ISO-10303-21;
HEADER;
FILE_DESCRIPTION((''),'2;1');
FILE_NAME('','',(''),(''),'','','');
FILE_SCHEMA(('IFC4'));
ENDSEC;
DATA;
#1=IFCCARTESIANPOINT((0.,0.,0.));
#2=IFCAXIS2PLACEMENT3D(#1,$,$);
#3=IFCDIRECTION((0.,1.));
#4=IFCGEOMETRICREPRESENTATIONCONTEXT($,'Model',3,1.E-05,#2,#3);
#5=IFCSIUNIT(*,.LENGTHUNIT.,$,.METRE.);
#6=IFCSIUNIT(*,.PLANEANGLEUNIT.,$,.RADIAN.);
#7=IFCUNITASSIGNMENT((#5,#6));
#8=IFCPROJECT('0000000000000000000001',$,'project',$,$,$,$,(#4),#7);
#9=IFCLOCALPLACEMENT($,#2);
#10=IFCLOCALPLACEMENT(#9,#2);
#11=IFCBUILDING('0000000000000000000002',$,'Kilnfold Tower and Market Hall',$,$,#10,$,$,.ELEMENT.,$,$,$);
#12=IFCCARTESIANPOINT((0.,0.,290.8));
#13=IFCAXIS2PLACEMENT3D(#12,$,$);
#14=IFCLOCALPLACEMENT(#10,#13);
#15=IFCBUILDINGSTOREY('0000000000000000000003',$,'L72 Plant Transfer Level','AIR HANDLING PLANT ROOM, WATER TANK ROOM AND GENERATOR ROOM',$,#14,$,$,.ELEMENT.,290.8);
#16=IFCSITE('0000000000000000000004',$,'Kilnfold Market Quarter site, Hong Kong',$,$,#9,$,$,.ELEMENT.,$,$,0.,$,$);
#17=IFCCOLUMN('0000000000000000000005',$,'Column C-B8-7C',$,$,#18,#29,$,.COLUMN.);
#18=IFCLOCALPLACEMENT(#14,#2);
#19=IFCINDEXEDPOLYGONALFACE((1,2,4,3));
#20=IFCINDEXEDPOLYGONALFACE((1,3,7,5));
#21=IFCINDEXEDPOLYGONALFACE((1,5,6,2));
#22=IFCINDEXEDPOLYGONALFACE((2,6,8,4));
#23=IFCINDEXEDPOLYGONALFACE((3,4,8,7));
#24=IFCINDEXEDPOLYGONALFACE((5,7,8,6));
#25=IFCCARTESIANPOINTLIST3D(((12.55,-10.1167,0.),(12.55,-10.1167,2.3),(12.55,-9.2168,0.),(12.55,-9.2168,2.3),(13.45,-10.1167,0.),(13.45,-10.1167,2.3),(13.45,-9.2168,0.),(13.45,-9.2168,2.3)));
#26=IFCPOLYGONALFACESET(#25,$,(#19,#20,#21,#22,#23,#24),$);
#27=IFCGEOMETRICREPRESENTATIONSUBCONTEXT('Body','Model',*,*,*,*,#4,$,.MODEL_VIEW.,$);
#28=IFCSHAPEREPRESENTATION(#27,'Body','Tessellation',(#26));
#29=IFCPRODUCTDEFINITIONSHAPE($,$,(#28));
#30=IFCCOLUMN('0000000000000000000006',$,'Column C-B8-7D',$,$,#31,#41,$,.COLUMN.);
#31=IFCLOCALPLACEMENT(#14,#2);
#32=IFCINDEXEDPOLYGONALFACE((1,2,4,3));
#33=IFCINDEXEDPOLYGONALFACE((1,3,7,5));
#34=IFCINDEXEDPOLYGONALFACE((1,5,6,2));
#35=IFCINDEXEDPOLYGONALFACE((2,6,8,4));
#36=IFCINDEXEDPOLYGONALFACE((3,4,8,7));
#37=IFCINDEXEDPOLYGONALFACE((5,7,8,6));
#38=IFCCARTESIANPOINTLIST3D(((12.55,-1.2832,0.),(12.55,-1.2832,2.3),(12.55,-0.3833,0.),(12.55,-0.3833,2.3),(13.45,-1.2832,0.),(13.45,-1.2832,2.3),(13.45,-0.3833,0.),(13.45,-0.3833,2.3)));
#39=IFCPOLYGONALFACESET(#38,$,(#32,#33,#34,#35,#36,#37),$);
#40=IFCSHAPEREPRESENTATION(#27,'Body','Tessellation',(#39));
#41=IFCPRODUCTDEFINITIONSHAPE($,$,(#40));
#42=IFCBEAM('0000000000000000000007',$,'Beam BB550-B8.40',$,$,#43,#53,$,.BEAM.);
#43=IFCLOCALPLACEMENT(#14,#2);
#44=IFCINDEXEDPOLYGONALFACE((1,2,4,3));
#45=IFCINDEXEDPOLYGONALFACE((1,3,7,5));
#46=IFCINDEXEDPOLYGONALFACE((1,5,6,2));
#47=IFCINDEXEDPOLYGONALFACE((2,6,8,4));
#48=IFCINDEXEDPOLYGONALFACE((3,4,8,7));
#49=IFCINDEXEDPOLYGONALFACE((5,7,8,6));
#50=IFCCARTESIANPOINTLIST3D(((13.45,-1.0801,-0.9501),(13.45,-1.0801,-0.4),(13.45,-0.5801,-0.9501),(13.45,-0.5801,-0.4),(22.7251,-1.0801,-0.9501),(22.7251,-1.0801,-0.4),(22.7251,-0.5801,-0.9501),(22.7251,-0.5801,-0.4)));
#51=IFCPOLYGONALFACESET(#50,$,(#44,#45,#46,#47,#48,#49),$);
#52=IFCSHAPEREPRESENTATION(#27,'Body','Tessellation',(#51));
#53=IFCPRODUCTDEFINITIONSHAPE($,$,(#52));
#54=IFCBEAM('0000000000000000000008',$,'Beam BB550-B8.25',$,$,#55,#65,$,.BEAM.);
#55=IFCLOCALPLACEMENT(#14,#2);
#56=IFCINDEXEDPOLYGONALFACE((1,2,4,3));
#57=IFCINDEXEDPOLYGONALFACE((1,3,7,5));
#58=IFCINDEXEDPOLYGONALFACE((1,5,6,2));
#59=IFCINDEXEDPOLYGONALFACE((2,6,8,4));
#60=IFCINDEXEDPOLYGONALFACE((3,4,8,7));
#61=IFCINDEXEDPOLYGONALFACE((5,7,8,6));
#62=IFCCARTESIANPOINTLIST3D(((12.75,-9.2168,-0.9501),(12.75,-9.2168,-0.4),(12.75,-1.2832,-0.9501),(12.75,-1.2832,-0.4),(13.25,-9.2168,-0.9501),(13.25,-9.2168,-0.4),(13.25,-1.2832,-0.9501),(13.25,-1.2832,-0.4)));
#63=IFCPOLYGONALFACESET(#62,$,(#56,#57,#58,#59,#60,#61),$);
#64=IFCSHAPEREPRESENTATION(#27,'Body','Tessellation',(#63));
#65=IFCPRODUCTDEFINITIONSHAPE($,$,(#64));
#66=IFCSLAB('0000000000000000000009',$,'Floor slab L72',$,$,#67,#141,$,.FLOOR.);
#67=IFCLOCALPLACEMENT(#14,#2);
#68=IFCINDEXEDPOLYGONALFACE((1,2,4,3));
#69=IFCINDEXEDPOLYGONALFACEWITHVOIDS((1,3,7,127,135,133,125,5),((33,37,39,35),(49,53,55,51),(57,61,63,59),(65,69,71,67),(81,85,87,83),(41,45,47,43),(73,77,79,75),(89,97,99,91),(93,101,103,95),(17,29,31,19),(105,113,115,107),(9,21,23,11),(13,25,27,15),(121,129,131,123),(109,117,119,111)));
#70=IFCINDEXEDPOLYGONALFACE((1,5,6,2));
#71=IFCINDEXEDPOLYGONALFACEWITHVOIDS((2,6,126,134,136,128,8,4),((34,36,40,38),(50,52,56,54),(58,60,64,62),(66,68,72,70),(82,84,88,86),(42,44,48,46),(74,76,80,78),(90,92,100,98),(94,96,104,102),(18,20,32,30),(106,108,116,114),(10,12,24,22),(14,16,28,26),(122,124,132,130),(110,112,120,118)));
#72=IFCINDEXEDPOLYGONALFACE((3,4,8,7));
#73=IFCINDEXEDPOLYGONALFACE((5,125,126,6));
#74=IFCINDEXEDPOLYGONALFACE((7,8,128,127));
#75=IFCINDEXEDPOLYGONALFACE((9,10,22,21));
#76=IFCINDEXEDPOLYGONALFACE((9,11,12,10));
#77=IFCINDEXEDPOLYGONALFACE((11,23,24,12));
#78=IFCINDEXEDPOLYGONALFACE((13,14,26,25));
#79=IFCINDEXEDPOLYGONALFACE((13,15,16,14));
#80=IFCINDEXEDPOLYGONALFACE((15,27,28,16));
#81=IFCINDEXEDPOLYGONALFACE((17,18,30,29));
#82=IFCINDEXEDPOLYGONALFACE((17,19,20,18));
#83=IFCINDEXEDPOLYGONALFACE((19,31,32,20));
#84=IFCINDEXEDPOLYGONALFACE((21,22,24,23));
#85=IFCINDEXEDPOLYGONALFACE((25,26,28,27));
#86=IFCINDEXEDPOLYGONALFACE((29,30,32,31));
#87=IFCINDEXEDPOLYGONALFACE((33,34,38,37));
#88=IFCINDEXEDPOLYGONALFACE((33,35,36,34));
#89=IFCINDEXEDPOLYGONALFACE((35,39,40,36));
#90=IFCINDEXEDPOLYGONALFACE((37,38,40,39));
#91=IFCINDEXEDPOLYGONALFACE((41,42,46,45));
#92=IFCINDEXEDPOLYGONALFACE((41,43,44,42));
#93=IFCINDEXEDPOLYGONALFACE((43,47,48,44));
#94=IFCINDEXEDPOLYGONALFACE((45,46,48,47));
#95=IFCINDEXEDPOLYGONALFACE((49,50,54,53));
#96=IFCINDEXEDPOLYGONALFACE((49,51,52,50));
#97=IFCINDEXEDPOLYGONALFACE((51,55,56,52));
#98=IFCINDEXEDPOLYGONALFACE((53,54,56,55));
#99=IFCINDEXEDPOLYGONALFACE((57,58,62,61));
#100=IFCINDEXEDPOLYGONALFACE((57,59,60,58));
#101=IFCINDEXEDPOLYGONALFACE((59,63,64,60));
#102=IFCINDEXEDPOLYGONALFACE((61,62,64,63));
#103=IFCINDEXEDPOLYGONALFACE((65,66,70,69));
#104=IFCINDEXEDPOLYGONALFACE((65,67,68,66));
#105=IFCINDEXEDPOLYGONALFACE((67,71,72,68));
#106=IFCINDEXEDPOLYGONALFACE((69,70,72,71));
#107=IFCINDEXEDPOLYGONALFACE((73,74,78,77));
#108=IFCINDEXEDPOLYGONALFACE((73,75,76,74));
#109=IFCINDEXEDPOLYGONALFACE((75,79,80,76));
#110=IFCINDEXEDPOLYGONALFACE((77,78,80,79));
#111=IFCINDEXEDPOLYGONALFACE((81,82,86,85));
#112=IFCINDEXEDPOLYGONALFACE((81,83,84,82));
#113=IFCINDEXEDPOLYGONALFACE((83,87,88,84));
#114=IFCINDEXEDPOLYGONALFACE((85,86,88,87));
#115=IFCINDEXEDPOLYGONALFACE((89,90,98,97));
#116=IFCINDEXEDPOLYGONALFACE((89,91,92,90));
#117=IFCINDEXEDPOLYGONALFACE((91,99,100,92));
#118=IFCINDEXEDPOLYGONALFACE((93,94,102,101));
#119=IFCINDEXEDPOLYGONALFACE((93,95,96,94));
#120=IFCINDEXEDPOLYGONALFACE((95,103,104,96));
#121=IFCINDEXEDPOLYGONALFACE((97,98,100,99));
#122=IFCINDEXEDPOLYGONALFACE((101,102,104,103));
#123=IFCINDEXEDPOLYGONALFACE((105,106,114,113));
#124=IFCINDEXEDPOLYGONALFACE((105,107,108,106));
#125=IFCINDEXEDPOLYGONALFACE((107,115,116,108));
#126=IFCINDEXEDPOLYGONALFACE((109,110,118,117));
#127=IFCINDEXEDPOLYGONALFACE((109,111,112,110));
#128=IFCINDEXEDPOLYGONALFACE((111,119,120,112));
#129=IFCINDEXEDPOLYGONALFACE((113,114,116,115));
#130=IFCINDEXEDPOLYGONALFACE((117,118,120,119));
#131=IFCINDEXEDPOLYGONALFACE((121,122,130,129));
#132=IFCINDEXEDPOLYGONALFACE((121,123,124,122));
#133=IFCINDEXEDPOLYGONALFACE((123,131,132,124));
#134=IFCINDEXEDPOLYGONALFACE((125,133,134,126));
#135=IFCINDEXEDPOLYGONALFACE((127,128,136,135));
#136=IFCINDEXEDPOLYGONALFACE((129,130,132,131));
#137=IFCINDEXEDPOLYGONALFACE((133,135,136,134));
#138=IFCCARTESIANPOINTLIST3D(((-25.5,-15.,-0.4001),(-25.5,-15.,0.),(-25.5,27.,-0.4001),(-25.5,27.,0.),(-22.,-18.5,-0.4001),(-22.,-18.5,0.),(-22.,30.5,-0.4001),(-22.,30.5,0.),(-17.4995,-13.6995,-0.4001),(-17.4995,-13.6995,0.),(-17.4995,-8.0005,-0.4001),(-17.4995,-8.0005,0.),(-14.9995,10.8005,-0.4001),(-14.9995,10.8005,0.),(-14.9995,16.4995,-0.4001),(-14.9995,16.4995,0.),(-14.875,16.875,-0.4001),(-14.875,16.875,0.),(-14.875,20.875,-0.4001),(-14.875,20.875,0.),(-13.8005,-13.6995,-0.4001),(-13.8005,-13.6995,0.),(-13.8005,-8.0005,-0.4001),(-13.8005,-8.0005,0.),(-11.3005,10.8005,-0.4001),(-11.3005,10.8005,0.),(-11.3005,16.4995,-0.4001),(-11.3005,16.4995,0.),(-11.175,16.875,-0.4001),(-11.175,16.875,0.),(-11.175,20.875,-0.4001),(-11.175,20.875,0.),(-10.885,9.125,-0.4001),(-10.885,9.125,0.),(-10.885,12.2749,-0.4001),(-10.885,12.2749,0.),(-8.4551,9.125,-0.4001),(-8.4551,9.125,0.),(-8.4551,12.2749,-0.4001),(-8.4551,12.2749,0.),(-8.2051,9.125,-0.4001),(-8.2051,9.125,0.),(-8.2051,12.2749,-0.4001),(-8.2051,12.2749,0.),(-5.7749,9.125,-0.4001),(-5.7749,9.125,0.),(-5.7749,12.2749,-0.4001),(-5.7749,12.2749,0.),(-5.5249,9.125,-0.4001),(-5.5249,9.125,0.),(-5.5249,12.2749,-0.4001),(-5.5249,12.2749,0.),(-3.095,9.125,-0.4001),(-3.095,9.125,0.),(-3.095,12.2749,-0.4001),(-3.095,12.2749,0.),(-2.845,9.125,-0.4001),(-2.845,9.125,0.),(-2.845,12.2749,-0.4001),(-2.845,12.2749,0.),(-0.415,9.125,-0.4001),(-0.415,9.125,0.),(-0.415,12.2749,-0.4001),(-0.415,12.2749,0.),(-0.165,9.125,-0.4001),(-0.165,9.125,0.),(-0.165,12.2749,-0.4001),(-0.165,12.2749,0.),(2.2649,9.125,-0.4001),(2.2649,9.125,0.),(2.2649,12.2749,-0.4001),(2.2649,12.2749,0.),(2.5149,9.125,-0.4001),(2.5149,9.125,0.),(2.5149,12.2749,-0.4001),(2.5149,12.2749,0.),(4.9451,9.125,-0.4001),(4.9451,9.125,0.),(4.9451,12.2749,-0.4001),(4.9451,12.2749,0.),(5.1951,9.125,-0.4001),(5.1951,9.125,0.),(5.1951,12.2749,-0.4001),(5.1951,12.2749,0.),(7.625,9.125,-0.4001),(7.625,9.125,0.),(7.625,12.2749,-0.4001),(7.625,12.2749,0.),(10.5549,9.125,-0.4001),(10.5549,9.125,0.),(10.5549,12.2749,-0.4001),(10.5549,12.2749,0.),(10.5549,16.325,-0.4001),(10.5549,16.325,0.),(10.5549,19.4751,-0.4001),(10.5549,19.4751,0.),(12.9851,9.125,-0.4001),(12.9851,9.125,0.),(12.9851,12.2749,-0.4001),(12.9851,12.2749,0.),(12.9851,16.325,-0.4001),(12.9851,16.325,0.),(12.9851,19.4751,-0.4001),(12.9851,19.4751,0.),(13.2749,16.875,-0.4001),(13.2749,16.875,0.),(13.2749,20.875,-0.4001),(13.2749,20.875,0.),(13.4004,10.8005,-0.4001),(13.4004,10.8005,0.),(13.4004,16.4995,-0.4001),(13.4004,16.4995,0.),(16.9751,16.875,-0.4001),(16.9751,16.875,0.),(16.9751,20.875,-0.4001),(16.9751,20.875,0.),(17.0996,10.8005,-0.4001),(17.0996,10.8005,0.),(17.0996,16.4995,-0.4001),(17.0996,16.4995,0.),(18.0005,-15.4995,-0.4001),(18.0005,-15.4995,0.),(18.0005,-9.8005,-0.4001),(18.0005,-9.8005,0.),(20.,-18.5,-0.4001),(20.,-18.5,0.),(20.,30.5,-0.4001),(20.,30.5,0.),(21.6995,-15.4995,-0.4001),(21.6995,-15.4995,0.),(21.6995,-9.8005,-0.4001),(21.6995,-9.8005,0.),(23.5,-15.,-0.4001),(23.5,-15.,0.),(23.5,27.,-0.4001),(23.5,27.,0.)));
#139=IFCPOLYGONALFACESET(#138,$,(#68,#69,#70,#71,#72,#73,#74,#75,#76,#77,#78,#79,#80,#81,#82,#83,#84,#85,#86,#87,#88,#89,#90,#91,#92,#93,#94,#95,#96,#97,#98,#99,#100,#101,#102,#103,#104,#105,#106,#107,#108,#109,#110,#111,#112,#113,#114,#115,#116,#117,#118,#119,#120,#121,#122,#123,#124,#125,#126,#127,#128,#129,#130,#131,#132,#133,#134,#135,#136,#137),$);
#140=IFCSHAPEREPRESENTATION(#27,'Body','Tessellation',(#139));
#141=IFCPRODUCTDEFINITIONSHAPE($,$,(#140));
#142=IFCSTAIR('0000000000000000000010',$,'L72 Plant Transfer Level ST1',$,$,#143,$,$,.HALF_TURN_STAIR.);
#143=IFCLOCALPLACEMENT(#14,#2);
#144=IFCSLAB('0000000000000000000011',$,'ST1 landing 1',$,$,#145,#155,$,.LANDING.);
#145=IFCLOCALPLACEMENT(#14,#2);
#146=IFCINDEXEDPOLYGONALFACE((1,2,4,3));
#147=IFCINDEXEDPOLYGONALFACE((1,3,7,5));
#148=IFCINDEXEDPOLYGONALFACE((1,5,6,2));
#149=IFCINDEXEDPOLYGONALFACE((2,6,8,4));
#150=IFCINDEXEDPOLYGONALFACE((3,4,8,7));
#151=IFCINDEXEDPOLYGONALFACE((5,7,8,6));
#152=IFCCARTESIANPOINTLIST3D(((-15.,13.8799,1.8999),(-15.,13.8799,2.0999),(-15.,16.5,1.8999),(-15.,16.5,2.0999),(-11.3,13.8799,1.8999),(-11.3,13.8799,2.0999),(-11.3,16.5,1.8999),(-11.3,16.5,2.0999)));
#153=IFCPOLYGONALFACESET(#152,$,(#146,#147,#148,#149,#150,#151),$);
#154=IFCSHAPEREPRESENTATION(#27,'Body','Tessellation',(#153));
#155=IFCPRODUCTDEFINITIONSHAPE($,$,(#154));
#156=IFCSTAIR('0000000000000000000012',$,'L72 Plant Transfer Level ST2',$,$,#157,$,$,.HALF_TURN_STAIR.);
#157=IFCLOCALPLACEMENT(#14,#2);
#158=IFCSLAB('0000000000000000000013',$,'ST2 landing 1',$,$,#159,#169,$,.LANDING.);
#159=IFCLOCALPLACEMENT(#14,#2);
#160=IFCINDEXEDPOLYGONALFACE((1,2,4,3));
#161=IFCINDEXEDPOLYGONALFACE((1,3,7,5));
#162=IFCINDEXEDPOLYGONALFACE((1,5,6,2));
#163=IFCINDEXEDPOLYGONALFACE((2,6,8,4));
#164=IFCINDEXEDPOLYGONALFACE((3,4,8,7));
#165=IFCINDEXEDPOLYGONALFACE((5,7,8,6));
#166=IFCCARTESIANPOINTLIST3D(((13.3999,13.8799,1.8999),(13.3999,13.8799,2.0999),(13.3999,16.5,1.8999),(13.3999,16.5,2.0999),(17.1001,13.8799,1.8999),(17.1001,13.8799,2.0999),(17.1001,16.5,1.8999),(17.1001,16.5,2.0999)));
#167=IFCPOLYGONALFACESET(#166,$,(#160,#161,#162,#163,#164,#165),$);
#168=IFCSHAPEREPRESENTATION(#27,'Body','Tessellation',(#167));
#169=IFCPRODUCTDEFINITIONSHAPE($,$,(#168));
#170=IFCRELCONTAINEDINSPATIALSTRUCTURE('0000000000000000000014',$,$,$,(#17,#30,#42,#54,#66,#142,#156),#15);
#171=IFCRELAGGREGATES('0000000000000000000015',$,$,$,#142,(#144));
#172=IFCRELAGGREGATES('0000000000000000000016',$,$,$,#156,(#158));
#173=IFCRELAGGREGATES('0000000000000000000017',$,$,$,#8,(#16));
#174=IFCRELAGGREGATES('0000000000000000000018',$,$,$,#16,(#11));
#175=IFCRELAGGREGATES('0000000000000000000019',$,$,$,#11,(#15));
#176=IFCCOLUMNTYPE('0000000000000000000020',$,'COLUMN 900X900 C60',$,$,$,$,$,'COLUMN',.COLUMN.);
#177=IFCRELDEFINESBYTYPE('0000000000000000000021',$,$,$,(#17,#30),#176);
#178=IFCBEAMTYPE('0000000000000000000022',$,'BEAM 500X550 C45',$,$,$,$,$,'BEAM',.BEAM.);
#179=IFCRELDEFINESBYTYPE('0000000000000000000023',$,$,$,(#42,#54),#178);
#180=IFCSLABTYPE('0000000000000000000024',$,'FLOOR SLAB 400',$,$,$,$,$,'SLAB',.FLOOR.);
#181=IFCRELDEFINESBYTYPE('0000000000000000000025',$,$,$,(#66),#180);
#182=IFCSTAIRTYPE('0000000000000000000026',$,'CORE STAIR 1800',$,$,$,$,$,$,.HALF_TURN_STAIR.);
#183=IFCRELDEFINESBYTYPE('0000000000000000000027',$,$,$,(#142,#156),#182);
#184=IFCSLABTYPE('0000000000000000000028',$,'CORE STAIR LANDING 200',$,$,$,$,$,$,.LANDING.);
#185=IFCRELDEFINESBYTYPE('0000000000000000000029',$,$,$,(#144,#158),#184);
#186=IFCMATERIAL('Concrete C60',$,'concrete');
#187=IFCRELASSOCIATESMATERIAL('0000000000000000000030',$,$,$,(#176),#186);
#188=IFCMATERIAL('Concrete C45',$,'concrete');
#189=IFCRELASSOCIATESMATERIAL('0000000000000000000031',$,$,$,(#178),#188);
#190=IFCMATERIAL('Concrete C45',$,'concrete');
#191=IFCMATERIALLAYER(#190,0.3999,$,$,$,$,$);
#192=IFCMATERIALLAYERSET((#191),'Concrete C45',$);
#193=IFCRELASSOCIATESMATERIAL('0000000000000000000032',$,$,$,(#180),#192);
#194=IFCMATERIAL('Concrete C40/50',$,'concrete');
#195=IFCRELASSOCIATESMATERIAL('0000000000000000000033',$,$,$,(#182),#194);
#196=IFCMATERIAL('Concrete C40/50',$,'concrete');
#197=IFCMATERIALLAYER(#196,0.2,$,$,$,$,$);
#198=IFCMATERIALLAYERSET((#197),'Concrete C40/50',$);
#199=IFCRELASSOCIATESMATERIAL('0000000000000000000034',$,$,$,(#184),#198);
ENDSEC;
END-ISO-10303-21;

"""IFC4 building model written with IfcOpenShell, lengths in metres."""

from ifc_helpers import new_model, si_unit, direction, frame, origin, origin_2d, place, context, subcontext, project, spatial, polyline, rectangle, outline, extrude, source, transform, mapped, material, layer, layer_set, material_profile, profile_set, type_object, element, aggregate, save


model = new_model("IFC4")

# Units and contexts
model_context = context("Model", 3, precision=1e-05, world=origin(), true_north=direction((0.0, 1.0)))
body_context = subcontext(model_context, "Body", "Model", "MODEL_VIEW")
ifc_project = project(units=[si_unit("LENGTHUNIT", "METRE"), si_unit("PLANEANGLEUNIT", "RADIAN")], contexts=[model_context])

# Site, building, storey
site_placement = place(None, origin())
site = spatial("IfcSite", under=ifc_project, at=site_placement, Name="Kilnfold Market Quarter site, Hong Kong", CompositionType="ELEMENT", RefElevation=0.0)
building_placement = place(site_placement, origin())
building = spatial("IfcBuilding", under=site, at=building_placement, Name="Kilnfold Tower and Market Hall", CompositionType="ELEMENT")
storey_placement = place(building_placement, frame((0.0, 0.0, 290.8)))
storey = spatial("IfcBuildingStorey", under=building, at=storey_placement, Name="L72 Plant Transfer Level", Description="AIR HANDLING PLANT ROOM, WATER TANK ROOM AND GENERATOR ROOM", CompositionType="ELEMENT", Elevation=290.8)

# Columns
ifc_material_1 = material(Name="Concrete C60", Category="concrete")
ifc_material_profile_1 = material_profile(ifc_material_1, rectangle(XDim=0.8999, YDim=0.8999, at=origin_2d()), Name="RC 900x900")
ifc_profile_set_1 = profile_set([ifc_material_profile_1], Name="Concrete C60")
column_type = type_object("IfcColumnType", Name="COLUMN 900X900 C60", ElementType="COLUMN", PredefinedType="COLUMN", material=ifc_profile_set_1)
shared_shape_1 = source(origin(), body_context, "Body", "SweptSolid", [
    extrude(rectangle(XDim=0.8999, YDim=0.8999, at=origin_2d()), origin(), (0.0, 0.0, 1.0), 2.3),
])
for number, where, z_axis, x_axis, name in (
    (1, (13.0, -9.6667, 0.0), (0.0, 0.0, 1.0), (1.0, 0.0, 0.0), "Column C-B8-7C"),
    (2, (13.0, -0.8333, 0.0), (0.0, 0.0, 1.0), (1.0, 0.0, 0.0), "Column C-B8-7D"),
):
    element("IfcColumn", number, at=place(storey_placement, frame(where, z_axis=z_axis, x_axis=x_axis)), inside=storey, type_object=column_type, Name=name, PredefinedType="COLUMN", context=body_context, shape_type="MappedRepresentation", body=[
        mapped(shared_shape_1, transform((0.0, 0.0, 0.0))),
    ])

# Beams
ifc_material_2 = material(Name="Concrete C45", Category="concrete")
ifc_material_profile_2 = material_profile(ifc_material_2, rectangle(XDim=0.5, YDim=0.55, at=origin_2d()), Name="RC 500x550")
ifc_profile_set_2 = profile_set([ifc_material_profile_2], Name="Concrete C45")
beam_type = type_object("IfcBeamType", Name="BEAM 500X550 C45", ElementType="BEAM", PredefinedType="BEAM", material=ifc_profile_set_2)
shared_shape_2 = source(origin(), body_context, "Body", "SweptSolid", [
    extrude(rectangle(XDim=0.5, YDim=0.55, at=origin_2d()), origin(), (0.0, 0.0, 1.0), 9.2751),
])
beam_1_placement = place(storey_placement, frame((13.45, -0.8301, -0.675), z_axis=(1.0, 0.0, 0.0), x_axis=(0.0, 1.0, 0.0)))
element("IfcBeam", 3, at=beam_1_placement, inside=storey, type_object=beam_type, Name="Beam BB550-B8.40", PredefinedType="BEAM", context=body_context, shape_type="MappedRepresentation", body=[
    mapped(shared_shape_2, transform((0.0, 0.0, 0.0))),
])
shared_shape_3 = source(origin(), body_context, "Body", "SweptSolid", [
    extrude(rectangle(XDim=0.5, YDim=0.55, at=origin_2d()), origin(), (0.0, 0.0, 1.0), 7.9336),
])
beam_2_placement = place(storey_placement, frame((13.0, -9.2168, -0.675), z_axis=(0.0, 1.0, 0.0), x_axis=(-1.0, 0.0, 0.0)))
element("IfcBeam", 4, at=beam_2_placement, inside=storey, type_object=beam_type, Name="Beam BB550-B8.25", PredefinedType="BEAM", context=body_context, shape_type="MappedRepresentation", body=[
    mapped(shared_shape_3, transform((0.0, 0.0, 0.0))),
])

# Slab
ifc_material_3 = material(Name="Concrete C45", Category="concrete")
ifc_layer_1 = layer(ifc_material_3, 0.3999)
ifc_layer_set_1 = layer_set([ifc_layer_1], Name="Concrete C45")
slab_type_1 = type_object("IfcSlabType", Name="FLOOR SLAB 400", ElementType="SLAB", PredefinedType="FLOOR", material=ifc_layer_set_1)
shared_shape_4 = source(origin(), body_context, "Body", "SweptSolid", [
    extrude(outline(polyline([(-22.0, -18.5), (20.0, -18.5), (23.5, -15.0), (23.5, 27.0), (20.0, 30.5), (-22.0, 30.5), (-25.5, 27.0), (-25.5, -15.0), (-22.0, -18.5)]), holes=[polyline([(-13.8005, -8.0005), (-13.8005, -13.6995), (-17.4995, -13.6995), (-17.4995, -8.0005), (-13.8005, -8.0005)]), polyline([(-11.3005, 10.8005), (-14.9995, 10.8005), (-14.9995, 16.4995), (-11.3005, 16.4995), (-11.3005, 10.8005)]), polyline([(-11.175, 16.875), (-14.875, 16.875), (-14.875, 20.875), (-11.175, 20.875), (-11.175, 16.875)]), polyline([(-8.4551, 9.125), (-10.885, 9.125), (-10.885, 12.2749), (-8.4551, 12.2749), (-8.4551, 9.125)]), polyline([(-5.7749, 9.125), (-8.2051, 9.125), (-8.2051, 12.2749), (-5.7749, 12.2749), (-5.7749, 9.125)]), polyline([(-3.095, 9.125), (-5.5249, 9.125), (-5.5249, 12.2749), (-3.095, 12.2749), (-3.095, 9.125)]), polyline([(-0.415, 9.125), (-2.845, 9.125), (-2.845, 12.2749), (-0.415, 12.2749), (-0.415, 9.125)]), polyline([(2.2649, 9.125), (-0.165, 9.125), (-0.165, 12.2749), (2.2649, 12.2749), (2.2649, 9.125)]), polyline([(4.9451, 9.125), (2.5149, 9.125), (2.5149, 12.2749), (4.9451, 12.2749), (4.9451, 9.125)]), polyline([(7.625, 9.125), (5.1951, 9.125), (5.1951, 12.2749), (7.625, 12.2749), (7.625, 9.125)]), polyline([(12.9851, 9.125), (10.5549, 9.125), (10.5549, 12.2749), (12.9851, 12.2749), (12.9851, 9.125)]), polyline([(12.9851, 16.325), (10.5549, 16.325), (10.5549, 19.4751), (12.9851, 19.4751), (12.9851, 16.325)]), polyline([(16.9751, 16.875), (13.2749, 16.875), (13.2749, 20.875), (16.9751, 20.875), (16.9751, 16.875)]), polyline([(17.0996, 10.8005), (13.4004, 10.8005), (13.4004, 16.4995), (17.0996, 16.4995), (17.0996, 10.8005)]), polyline([(18.0005, -9.8005), (21.6995, -9.8005), (21.6995, -15.4995), (18.0005, -15.4995), (18.0005, -9.8005)])]), origin(), (0.0, 0.0, 1.0), 0.4001),
])
slab_1_placement = place(storey_placement, frame((0.0, 0.0, -0.4001)))
element("IfcSlab", 5, at=slab_1_placement, inside=storey, type_object=slab_type_1, Name="Floor slab L72", PredefinedType="FLOOR", context=body_context, shape_type="MappedRepresentation", body=[
    mapped(shared_shape_4, transform((0.0, 0.0, 0.0))),
])

# Stairs, slabs
ifc_material_4 = material(Name="Concrete C40/50", Category="concrete")
stair_type = type_object("IfcStairType", Name="CORE STAIR 1800", PredefinedType="HALF_TURN_STAIR", material=ifc_material_4)
stair_1_placement = place(storey_placement, origin())
stair_1 = element("IfcStair", 6, at=stair_1_placement, inside=storey, type_object=stair_type, Name="L72 Plant Transfer Level ST1", PredefinedType="HALF_TURN_STAIR")
ifc_material_5 = material(Name="Concrete C40/50", Category="concrete")
ifc_layer_2 = layer(ifc_material_5, 0.2)
ifc_layer_set_2 = layer_set([ifc_layer_2], Name="Concrete C40/50")
slab_type_2 = type_object("IfcSlabType", Name="CORE STAIR LANDING 200", PredefinedType="LANDING", material=ifc_layer_set_2)
shared_shape_5 = source(origin(), body_context, "Body", "SweptSolid", [
    extrude(outline(polyline([(-11.3, 13.8799), (-11.3, 16.5), (-15.0, 16.5), (-15.0, 13.8799), (-11.3, 13.8799)])), origin(), (0.0, 0.0, 1.0), 0.2),
])
slab_2_placement = place(storey_placement, frame((0.0, 0.0, 1.8999)))
slab_2 = element("IfcSlab", 7, at=slab_2_placement, type_object=slab_type_2, Name="ST1 landing 1", PredefinedType="LANDING", context=body_context, shape_type="MappedRepresentation", body=[
    mapped(shared_shape_5, transform((0.0, 0.0, 0.0))),
])
aggregate(stair_1, [slab_2])
stair_2_placement = place(storey_placement, origin())
stair_2 = element("IfcStair", 8, at=stair_2_placement, inside=storey, type_object=stair_type, Name="L72 Plant Transfer Level ST2", PredefinedType="HALF_TURN_STAIR")
shared_shape_6 = source(origin(), body_context, "Body", "SweptSolid", [
    extrude(outline(polyline([(17.1001, 13.8799), (17.1001, 16.5), (13.3999, 16.5), (13.3999, 13.8799), (17.1001, 13.8799)])), origin(), (0.0, 0.0, 1.0), 0.2),
])
slab_3_placement = place(storey_placement, frame((0.0, 0.0, 1.8999)))
slab_3 = element("IfcSlab", 9, at=slab_3_placement, type_object=slab_type_2, Name="ST2 landing 1", PredefinedType="LANDING", context=body_context, shape_type="MappedRepresentation", body=[
    mapped(shared_shape_6, transform((0.0, 0.0, 0.0))),
])
aggregate(stair_2, [slab_3])

save(model, "model.ifc")
